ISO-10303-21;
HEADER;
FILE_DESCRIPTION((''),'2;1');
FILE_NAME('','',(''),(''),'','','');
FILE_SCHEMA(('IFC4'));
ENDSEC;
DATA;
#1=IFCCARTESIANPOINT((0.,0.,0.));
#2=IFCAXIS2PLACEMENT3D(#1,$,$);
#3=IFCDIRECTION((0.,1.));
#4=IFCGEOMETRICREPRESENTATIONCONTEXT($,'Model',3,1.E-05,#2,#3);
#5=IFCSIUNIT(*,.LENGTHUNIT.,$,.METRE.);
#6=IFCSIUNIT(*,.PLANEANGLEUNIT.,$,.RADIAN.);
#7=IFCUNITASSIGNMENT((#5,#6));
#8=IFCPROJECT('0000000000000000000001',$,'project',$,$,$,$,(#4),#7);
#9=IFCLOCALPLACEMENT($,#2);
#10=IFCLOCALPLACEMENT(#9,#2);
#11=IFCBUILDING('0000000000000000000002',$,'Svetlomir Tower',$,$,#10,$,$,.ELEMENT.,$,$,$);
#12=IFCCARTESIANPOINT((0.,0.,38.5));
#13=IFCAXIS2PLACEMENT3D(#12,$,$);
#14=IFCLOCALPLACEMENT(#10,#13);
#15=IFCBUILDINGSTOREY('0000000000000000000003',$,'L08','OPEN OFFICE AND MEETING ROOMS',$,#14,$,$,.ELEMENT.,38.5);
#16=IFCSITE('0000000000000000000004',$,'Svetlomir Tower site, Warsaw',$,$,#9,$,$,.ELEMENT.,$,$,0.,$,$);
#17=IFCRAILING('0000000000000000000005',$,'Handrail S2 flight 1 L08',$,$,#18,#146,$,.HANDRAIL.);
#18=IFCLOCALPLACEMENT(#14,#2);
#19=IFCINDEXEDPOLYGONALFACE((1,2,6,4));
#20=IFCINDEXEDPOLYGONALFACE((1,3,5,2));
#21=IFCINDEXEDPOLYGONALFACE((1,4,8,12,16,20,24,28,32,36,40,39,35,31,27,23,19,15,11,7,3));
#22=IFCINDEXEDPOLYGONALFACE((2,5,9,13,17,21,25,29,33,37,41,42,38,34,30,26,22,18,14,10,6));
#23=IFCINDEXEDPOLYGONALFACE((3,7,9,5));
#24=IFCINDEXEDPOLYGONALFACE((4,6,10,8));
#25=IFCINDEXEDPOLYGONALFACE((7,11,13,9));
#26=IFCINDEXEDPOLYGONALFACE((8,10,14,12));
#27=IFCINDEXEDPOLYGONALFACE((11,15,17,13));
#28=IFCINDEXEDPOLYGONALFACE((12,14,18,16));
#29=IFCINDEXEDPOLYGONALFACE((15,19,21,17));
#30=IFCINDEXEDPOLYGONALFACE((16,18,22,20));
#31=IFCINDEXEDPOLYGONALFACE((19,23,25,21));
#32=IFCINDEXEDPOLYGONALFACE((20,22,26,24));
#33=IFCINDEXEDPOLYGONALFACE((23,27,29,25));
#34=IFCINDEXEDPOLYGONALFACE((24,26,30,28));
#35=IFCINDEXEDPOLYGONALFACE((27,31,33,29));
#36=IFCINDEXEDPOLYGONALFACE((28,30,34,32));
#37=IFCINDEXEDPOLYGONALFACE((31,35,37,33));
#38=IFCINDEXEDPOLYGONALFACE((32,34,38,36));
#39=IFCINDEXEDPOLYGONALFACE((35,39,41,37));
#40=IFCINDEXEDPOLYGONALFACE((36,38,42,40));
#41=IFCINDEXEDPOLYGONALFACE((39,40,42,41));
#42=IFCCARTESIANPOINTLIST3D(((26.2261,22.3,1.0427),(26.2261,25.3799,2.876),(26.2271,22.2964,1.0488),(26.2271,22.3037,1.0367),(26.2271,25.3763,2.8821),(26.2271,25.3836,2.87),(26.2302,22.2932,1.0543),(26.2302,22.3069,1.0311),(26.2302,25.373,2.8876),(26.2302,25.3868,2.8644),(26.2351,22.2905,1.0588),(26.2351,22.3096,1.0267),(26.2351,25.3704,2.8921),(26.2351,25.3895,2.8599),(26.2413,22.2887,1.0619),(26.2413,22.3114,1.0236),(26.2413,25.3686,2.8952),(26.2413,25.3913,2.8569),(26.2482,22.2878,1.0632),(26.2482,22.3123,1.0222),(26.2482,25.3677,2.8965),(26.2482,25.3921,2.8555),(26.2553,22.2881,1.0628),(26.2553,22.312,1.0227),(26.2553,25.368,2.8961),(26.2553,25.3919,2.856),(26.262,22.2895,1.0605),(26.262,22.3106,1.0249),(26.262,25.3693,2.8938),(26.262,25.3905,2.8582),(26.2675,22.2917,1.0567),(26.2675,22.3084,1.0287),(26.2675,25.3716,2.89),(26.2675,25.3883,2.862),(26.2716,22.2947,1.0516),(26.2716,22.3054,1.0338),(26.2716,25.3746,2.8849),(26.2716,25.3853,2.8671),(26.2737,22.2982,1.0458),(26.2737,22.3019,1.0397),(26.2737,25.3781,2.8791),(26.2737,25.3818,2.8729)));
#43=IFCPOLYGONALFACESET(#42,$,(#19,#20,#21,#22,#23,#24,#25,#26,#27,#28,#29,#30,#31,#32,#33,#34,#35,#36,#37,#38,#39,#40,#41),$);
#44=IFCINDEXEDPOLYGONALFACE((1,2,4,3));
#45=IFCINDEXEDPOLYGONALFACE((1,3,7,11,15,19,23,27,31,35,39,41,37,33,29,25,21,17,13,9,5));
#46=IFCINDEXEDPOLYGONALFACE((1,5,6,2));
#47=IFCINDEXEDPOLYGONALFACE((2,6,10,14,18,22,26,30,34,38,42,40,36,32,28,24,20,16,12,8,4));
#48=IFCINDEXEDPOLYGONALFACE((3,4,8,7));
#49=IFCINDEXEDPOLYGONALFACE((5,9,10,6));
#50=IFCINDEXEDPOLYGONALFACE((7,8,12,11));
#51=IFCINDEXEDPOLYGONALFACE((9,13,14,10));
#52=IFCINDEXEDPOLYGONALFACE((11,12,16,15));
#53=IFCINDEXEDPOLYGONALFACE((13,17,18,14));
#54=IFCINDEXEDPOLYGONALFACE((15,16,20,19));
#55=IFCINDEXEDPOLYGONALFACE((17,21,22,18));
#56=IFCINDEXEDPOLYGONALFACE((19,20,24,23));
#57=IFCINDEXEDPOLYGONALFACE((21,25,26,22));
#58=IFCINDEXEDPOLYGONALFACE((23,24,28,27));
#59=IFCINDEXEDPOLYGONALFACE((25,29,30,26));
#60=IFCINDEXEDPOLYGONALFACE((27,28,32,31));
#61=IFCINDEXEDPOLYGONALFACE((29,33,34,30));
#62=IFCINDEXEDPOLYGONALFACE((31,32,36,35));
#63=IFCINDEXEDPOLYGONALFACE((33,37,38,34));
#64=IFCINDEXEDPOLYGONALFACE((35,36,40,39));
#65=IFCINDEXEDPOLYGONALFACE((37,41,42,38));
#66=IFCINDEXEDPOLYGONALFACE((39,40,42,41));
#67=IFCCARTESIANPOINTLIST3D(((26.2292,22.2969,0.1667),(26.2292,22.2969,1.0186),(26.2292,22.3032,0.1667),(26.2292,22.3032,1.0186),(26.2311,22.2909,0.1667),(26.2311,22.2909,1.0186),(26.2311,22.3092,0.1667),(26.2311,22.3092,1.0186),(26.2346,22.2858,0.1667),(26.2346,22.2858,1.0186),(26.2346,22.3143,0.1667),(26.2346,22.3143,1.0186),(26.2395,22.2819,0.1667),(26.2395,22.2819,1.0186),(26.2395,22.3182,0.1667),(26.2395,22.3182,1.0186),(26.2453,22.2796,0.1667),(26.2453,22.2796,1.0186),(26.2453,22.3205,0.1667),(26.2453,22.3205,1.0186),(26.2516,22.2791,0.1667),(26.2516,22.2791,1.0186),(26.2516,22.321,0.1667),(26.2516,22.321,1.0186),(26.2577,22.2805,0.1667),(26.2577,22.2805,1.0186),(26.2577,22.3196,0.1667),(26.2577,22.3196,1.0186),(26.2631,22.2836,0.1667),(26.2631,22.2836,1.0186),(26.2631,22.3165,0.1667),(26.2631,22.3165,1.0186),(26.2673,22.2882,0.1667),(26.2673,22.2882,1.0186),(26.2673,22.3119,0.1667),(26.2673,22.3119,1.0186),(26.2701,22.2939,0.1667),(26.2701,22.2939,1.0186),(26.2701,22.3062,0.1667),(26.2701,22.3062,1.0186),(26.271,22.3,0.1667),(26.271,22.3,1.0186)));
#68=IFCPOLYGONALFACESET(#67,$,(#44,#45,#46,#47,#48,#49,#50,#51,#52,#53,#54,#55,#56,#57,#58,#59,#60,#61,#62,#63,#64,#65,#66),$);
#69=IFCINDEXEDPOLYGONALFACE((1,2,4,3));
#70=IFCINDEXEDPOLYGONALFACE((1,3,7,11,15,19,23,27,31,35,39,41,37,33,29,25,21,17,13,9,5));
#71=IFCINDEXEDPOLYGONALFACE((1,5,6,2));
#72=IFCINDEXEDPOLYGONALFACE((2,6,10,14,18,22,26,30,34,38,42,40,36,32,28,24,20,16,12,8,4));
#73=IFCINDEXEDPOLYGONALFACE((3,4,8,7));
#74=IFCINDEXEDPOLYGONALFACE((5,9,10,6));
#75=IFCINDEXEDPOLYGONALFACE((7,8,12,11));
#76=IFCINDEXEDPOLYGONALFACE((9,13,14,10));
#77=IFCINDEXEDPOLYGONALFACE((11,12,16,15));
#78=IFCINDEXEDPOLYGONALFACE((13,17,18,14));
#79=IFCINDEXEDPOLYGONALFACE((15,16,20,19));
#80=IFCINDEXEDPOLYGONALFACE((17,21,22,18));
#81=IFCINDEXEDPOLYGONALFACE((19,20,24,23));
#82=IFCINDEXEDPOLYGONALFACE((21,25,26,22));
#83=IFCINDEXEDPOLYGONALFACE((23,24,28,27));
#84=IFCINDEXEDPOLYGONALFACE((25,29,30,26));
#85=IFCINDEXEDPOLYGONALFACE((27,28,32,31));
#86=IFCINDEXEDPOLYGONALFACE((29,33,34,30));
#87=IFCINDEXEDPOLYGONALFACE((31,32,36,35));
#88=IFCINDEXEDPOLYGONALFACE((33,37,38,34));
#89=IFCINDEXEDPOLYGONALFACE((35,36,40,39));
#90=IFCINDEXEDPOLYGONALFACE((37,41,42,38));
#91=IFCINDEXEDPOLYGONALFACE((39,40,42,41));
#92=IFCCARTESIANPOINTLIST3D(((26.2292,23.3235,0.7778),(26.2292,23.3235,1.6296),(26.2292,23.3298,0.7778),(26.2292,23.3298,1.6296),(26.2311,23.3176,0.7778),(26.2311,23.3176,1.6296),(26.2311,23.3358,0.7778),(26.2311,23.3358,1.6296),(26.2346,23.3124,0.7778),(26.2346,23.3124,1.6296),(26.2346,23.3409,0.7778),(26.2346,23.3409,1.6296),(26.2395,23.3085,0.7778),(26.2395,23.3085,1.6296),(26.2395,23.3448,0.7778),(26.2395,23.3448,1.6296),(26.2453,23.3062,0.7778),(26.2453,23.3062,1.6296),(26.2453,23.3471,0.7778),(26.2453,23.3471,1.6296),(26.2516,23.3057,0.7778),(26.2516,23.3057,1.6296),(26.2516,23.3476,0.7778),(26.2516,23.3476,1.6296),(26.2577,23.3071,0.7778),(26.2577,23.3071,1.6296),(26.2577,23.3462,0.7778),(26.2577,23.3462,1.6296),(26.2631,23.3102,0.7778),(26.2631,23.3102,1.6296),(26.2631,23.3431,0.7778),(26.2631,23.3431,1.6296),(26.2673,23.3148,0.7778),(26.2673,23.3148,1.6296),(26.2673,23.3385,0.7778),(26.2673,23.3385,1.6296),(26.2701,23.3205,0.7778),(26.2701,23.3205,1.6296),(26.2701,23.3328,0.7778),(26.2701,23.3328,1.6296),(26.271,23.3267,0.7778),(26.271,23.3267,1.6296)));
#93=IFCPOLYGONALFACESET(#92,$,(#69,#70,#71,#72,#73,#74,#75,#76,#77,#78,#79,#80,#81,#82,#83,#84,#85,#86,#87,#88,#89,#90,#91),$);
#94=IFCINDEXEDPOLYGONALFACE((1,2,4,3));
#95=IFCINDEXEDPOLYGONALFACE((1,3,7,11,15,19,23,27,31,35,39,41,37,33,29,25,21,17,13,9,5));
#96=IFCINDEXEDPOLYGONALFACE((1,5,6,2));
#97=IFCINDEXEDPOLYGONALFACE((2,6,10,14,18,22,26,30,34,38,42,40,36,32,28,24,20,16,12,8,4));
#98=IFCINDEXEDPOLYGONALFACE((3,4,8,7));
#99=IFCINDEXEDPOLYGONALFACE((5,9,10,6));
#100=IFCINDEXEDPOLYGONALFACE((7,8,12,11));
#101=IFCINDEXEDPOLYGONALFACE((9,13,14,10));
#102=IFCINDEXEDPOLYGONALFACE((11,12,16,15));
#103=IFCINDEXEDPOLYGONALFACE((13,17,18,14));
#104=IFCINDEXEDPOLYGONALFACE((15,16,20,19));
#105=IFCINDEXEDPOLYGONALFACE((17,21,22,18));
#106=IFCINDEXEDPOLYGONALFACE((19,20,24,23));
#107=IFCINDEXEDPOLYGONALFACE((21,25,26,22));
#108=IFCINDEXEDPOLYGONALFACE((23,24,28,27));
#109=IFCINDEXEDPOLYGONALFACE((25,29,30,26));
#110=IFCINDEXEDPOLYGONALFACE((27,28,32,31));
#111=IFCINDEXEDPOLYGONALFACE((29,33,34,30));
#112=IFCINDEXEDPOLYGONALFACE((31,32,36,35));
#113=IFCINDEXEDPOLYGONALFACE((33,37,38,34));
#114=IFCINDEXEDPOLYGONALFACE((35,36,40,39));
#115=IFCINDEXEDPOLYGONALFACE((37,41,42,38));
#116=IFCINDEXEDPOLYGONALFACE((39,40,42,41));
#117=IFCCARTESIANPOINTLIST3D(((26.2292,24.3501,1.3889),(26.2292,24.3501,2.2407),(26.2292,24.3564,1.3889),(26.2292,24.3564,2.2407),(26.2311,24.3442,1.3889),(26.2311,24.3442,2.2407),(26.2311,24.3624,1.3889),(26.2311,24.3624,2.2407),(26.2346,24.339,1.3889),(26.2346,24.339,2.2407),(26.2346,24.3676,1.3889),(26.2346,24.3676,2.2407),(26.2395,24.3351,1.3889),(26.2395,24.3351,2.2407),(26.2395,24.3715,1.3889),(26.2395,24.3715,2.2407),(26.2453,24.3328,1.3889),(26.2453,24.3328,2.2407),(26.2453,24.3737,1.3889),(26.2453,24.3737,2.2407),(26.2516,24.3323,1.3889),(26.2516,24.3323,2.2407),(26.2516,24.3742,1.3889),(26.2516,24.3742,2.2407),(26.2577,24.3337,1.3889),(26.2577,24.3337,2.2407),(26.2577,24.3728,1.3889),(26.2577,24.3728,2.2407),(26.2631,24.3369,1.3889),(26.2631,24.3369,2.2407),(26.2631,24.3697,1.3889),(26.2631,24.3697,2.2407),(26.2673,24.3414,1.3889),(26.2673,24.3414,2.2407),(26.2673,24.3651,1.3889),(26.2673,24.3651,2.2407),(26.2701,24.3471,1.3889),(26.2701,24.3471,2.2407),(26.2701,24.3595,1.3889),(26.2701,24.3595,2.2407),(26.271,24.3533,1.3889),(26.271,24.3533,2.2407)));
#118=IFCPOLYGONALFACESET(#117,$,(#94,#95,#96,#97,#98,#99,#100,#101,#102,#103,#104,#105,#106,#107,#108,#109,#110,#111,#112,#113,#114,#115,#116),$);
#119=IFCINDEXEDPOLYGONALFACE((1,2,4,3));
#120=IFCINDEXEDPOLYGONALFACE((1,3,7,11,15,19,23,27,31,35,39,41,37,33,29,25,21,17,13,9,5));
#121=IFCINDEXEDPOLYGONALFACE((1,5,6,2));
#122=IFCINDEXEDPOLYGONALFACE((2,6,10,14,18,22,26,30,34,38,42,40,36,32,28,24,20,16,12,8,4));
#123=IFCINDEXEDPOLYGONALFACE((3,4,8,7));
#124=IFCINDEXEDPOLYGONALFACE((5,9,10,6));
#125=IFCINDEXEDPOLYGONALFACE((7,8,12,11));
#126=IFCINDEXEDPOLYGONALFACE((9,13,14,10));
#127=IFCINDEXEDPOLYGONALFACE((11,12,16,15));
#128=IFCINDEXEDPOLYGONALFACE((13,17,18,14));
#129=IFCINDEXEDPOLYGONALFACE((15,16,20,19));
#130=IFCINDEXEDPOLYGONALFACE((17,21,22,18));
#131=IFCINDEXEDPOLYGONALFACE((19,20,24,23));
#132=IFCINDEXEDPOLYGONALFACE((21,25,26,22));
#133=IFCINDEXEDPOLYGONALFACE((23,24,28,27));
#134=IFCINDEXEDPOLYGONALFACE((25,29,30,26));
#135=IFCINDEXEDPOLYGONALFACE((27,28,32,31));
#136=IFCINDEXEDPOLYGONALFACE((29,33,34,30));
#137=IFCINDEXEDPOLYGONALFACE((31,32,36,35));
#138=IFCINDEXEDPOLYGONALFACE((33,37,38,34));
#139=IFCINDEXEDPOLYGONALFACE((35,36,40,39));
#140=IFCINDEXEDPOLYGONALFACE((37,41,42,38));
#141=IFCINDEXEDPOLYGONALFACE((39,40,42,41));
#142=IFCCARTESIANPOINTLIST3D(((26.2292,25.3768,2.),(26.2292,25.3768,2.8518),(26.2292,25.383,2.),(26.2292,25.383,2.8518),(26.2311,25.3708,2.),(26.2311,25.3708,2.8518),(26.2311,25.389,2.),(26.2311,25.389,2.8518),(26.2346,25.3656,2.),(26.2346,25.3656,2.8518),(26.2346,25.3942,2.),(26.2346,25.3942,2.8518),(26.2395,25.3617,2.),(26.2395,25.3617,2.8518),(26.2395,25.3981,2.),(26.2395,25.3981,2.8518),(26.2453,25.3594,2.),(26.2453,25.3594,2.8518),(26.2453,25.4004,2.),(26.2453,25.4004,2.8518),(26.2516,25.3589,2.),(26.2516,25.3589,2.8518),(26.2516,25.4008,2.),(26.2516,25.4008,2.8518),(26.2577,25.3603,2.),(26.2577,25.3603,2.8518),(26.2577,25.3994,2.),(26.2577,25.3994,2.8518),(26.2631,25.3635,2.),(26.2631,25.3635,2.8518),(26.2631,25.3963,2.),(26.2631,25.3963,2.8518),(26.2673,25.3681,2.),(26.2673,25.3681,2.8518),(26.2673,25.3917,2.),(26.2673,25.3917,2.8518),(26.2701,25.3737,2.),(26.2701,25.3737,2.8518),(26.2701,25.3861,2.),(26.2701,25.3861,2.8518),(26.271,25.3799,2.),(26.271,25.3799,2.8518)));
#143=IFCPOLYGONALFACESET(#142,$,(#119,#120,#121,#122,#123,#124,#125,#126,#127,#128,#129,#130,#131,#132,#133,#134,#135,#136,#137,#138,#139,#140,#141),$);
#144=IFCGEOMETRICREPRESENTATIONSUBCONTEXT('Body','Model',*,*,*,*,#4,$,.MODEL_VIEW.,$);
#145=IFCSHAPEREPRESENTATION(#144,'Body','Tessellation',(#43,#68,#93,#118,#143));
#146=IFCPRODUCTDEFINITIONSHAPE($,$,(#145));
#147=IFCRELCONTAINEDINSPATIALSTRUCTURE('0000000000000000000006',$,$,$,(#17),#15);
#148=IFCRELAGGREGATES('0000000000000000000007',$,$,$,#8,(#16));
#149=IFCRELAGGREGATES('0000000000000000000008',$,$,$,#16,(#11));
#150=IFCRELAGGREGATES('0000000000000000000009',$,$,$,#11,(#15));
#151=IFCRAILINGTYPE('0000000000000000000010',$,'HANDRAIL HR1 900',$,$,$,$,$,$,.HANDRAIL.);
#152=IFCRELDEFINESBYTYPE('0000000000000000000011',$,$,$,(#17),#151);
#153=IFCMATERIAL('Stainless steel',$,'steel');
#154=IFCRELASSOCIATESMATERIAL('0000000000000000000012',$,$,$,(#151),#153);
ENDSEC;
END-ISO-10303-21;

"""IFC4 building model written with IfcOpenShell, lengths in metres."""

from ifc_helpers import new_model, si_unit, direction, frame, origin, origin_2d, place, context, subcontext, project, spatial, circle, extrude, material, type_object, element, save


model = new_model("IFC4")

# Units and contexts
model_context = context("Model", 3, precision=1e-05, world=origin(), true_north=direction((0.0, 1.0)))
body_context = subcontext(model_context, "Body", "Model", "MODEL_VIEW")
ifc_project = project(units=[si_unit("LENGTHUNIT", "METRE"), si_unit("PLANEANGLEUNIT", "RADIAN")], contexts=[model_context])

# Site, building, storey
site_placement = place(None, origin())
site = spatial("IfcSite", under=ifc_project, at=site_placement, Name="Svetlomir Tower site, Warsaw", CompositionType="ELEMENT", RefElevation=0.0)
building_placement = place(site_placement, origin())
building = spatial("IfcBuilding", under=site, at=building_placement, Name="Svetlomir Tower", CompositionType="ELEMENT")
storey_placement = place(building_placement, frame((0.0, 0.0, 38.5)))
storey = spatial("IfcBuildingStorey", under=building, at=storey_placement, Name="L08", Description="OPEN OFFICE AND MEETING ROOMS", CompositionType="ELEMENT", Elevation=38.5)

# Railing
ifc_material_1 = material(Name="Stainless steel", Category="steel")
railing_type = type_object("IfcRailingType", Name="HANDRAIL HR1 900", PredefinedType="HANDRAIL", material=ifc_material_1)
railing_1_placement = place(storey_placement, frame((26.25, 22.3, 0.1667)))
element("IfcRailing", 1, at=railing_1_placement, inside=storey, type_object=railing_type, Name="Handrail S2 flight 1 L08", PredefinedType="HANDRAIL", context=body_context, shape_type="SweptSolid", body=[
    extrude(circle(Radius=0.0239, at=origin_2d()), frame((0.0, 0.0, 0.876), z_axis=(0.0, 0.859291, 0.511487), x_axis=(-1.0, 0.0, 0.0)), (0.0, 0.0, 1.0), 3.5842),
    extrude(circle(Radius=0.021, at=origin_2d()), origin(), (0.0, 0.0, 1.0), 0.8518),
    extrude(circle(Radius=0.021, at=origin_2d()), frame((0.0, 1.0266, 0.6111)), (0.0, 0.0, 1.0), 0.8518),
    extrude(circle(Radius=0.021, at=origin_2d()), frame((0.0, 2.0532, 1.2222)), (0.0, 0.0, 1.0), 0.8518),
    extrude(circle(Radius=0.021, at=origin_2d()), frame((0.0, 3.0798, 1.8333)), (0.0, 0.0, 1.0), 0.8518),
])

save(model, "model.ifc")
